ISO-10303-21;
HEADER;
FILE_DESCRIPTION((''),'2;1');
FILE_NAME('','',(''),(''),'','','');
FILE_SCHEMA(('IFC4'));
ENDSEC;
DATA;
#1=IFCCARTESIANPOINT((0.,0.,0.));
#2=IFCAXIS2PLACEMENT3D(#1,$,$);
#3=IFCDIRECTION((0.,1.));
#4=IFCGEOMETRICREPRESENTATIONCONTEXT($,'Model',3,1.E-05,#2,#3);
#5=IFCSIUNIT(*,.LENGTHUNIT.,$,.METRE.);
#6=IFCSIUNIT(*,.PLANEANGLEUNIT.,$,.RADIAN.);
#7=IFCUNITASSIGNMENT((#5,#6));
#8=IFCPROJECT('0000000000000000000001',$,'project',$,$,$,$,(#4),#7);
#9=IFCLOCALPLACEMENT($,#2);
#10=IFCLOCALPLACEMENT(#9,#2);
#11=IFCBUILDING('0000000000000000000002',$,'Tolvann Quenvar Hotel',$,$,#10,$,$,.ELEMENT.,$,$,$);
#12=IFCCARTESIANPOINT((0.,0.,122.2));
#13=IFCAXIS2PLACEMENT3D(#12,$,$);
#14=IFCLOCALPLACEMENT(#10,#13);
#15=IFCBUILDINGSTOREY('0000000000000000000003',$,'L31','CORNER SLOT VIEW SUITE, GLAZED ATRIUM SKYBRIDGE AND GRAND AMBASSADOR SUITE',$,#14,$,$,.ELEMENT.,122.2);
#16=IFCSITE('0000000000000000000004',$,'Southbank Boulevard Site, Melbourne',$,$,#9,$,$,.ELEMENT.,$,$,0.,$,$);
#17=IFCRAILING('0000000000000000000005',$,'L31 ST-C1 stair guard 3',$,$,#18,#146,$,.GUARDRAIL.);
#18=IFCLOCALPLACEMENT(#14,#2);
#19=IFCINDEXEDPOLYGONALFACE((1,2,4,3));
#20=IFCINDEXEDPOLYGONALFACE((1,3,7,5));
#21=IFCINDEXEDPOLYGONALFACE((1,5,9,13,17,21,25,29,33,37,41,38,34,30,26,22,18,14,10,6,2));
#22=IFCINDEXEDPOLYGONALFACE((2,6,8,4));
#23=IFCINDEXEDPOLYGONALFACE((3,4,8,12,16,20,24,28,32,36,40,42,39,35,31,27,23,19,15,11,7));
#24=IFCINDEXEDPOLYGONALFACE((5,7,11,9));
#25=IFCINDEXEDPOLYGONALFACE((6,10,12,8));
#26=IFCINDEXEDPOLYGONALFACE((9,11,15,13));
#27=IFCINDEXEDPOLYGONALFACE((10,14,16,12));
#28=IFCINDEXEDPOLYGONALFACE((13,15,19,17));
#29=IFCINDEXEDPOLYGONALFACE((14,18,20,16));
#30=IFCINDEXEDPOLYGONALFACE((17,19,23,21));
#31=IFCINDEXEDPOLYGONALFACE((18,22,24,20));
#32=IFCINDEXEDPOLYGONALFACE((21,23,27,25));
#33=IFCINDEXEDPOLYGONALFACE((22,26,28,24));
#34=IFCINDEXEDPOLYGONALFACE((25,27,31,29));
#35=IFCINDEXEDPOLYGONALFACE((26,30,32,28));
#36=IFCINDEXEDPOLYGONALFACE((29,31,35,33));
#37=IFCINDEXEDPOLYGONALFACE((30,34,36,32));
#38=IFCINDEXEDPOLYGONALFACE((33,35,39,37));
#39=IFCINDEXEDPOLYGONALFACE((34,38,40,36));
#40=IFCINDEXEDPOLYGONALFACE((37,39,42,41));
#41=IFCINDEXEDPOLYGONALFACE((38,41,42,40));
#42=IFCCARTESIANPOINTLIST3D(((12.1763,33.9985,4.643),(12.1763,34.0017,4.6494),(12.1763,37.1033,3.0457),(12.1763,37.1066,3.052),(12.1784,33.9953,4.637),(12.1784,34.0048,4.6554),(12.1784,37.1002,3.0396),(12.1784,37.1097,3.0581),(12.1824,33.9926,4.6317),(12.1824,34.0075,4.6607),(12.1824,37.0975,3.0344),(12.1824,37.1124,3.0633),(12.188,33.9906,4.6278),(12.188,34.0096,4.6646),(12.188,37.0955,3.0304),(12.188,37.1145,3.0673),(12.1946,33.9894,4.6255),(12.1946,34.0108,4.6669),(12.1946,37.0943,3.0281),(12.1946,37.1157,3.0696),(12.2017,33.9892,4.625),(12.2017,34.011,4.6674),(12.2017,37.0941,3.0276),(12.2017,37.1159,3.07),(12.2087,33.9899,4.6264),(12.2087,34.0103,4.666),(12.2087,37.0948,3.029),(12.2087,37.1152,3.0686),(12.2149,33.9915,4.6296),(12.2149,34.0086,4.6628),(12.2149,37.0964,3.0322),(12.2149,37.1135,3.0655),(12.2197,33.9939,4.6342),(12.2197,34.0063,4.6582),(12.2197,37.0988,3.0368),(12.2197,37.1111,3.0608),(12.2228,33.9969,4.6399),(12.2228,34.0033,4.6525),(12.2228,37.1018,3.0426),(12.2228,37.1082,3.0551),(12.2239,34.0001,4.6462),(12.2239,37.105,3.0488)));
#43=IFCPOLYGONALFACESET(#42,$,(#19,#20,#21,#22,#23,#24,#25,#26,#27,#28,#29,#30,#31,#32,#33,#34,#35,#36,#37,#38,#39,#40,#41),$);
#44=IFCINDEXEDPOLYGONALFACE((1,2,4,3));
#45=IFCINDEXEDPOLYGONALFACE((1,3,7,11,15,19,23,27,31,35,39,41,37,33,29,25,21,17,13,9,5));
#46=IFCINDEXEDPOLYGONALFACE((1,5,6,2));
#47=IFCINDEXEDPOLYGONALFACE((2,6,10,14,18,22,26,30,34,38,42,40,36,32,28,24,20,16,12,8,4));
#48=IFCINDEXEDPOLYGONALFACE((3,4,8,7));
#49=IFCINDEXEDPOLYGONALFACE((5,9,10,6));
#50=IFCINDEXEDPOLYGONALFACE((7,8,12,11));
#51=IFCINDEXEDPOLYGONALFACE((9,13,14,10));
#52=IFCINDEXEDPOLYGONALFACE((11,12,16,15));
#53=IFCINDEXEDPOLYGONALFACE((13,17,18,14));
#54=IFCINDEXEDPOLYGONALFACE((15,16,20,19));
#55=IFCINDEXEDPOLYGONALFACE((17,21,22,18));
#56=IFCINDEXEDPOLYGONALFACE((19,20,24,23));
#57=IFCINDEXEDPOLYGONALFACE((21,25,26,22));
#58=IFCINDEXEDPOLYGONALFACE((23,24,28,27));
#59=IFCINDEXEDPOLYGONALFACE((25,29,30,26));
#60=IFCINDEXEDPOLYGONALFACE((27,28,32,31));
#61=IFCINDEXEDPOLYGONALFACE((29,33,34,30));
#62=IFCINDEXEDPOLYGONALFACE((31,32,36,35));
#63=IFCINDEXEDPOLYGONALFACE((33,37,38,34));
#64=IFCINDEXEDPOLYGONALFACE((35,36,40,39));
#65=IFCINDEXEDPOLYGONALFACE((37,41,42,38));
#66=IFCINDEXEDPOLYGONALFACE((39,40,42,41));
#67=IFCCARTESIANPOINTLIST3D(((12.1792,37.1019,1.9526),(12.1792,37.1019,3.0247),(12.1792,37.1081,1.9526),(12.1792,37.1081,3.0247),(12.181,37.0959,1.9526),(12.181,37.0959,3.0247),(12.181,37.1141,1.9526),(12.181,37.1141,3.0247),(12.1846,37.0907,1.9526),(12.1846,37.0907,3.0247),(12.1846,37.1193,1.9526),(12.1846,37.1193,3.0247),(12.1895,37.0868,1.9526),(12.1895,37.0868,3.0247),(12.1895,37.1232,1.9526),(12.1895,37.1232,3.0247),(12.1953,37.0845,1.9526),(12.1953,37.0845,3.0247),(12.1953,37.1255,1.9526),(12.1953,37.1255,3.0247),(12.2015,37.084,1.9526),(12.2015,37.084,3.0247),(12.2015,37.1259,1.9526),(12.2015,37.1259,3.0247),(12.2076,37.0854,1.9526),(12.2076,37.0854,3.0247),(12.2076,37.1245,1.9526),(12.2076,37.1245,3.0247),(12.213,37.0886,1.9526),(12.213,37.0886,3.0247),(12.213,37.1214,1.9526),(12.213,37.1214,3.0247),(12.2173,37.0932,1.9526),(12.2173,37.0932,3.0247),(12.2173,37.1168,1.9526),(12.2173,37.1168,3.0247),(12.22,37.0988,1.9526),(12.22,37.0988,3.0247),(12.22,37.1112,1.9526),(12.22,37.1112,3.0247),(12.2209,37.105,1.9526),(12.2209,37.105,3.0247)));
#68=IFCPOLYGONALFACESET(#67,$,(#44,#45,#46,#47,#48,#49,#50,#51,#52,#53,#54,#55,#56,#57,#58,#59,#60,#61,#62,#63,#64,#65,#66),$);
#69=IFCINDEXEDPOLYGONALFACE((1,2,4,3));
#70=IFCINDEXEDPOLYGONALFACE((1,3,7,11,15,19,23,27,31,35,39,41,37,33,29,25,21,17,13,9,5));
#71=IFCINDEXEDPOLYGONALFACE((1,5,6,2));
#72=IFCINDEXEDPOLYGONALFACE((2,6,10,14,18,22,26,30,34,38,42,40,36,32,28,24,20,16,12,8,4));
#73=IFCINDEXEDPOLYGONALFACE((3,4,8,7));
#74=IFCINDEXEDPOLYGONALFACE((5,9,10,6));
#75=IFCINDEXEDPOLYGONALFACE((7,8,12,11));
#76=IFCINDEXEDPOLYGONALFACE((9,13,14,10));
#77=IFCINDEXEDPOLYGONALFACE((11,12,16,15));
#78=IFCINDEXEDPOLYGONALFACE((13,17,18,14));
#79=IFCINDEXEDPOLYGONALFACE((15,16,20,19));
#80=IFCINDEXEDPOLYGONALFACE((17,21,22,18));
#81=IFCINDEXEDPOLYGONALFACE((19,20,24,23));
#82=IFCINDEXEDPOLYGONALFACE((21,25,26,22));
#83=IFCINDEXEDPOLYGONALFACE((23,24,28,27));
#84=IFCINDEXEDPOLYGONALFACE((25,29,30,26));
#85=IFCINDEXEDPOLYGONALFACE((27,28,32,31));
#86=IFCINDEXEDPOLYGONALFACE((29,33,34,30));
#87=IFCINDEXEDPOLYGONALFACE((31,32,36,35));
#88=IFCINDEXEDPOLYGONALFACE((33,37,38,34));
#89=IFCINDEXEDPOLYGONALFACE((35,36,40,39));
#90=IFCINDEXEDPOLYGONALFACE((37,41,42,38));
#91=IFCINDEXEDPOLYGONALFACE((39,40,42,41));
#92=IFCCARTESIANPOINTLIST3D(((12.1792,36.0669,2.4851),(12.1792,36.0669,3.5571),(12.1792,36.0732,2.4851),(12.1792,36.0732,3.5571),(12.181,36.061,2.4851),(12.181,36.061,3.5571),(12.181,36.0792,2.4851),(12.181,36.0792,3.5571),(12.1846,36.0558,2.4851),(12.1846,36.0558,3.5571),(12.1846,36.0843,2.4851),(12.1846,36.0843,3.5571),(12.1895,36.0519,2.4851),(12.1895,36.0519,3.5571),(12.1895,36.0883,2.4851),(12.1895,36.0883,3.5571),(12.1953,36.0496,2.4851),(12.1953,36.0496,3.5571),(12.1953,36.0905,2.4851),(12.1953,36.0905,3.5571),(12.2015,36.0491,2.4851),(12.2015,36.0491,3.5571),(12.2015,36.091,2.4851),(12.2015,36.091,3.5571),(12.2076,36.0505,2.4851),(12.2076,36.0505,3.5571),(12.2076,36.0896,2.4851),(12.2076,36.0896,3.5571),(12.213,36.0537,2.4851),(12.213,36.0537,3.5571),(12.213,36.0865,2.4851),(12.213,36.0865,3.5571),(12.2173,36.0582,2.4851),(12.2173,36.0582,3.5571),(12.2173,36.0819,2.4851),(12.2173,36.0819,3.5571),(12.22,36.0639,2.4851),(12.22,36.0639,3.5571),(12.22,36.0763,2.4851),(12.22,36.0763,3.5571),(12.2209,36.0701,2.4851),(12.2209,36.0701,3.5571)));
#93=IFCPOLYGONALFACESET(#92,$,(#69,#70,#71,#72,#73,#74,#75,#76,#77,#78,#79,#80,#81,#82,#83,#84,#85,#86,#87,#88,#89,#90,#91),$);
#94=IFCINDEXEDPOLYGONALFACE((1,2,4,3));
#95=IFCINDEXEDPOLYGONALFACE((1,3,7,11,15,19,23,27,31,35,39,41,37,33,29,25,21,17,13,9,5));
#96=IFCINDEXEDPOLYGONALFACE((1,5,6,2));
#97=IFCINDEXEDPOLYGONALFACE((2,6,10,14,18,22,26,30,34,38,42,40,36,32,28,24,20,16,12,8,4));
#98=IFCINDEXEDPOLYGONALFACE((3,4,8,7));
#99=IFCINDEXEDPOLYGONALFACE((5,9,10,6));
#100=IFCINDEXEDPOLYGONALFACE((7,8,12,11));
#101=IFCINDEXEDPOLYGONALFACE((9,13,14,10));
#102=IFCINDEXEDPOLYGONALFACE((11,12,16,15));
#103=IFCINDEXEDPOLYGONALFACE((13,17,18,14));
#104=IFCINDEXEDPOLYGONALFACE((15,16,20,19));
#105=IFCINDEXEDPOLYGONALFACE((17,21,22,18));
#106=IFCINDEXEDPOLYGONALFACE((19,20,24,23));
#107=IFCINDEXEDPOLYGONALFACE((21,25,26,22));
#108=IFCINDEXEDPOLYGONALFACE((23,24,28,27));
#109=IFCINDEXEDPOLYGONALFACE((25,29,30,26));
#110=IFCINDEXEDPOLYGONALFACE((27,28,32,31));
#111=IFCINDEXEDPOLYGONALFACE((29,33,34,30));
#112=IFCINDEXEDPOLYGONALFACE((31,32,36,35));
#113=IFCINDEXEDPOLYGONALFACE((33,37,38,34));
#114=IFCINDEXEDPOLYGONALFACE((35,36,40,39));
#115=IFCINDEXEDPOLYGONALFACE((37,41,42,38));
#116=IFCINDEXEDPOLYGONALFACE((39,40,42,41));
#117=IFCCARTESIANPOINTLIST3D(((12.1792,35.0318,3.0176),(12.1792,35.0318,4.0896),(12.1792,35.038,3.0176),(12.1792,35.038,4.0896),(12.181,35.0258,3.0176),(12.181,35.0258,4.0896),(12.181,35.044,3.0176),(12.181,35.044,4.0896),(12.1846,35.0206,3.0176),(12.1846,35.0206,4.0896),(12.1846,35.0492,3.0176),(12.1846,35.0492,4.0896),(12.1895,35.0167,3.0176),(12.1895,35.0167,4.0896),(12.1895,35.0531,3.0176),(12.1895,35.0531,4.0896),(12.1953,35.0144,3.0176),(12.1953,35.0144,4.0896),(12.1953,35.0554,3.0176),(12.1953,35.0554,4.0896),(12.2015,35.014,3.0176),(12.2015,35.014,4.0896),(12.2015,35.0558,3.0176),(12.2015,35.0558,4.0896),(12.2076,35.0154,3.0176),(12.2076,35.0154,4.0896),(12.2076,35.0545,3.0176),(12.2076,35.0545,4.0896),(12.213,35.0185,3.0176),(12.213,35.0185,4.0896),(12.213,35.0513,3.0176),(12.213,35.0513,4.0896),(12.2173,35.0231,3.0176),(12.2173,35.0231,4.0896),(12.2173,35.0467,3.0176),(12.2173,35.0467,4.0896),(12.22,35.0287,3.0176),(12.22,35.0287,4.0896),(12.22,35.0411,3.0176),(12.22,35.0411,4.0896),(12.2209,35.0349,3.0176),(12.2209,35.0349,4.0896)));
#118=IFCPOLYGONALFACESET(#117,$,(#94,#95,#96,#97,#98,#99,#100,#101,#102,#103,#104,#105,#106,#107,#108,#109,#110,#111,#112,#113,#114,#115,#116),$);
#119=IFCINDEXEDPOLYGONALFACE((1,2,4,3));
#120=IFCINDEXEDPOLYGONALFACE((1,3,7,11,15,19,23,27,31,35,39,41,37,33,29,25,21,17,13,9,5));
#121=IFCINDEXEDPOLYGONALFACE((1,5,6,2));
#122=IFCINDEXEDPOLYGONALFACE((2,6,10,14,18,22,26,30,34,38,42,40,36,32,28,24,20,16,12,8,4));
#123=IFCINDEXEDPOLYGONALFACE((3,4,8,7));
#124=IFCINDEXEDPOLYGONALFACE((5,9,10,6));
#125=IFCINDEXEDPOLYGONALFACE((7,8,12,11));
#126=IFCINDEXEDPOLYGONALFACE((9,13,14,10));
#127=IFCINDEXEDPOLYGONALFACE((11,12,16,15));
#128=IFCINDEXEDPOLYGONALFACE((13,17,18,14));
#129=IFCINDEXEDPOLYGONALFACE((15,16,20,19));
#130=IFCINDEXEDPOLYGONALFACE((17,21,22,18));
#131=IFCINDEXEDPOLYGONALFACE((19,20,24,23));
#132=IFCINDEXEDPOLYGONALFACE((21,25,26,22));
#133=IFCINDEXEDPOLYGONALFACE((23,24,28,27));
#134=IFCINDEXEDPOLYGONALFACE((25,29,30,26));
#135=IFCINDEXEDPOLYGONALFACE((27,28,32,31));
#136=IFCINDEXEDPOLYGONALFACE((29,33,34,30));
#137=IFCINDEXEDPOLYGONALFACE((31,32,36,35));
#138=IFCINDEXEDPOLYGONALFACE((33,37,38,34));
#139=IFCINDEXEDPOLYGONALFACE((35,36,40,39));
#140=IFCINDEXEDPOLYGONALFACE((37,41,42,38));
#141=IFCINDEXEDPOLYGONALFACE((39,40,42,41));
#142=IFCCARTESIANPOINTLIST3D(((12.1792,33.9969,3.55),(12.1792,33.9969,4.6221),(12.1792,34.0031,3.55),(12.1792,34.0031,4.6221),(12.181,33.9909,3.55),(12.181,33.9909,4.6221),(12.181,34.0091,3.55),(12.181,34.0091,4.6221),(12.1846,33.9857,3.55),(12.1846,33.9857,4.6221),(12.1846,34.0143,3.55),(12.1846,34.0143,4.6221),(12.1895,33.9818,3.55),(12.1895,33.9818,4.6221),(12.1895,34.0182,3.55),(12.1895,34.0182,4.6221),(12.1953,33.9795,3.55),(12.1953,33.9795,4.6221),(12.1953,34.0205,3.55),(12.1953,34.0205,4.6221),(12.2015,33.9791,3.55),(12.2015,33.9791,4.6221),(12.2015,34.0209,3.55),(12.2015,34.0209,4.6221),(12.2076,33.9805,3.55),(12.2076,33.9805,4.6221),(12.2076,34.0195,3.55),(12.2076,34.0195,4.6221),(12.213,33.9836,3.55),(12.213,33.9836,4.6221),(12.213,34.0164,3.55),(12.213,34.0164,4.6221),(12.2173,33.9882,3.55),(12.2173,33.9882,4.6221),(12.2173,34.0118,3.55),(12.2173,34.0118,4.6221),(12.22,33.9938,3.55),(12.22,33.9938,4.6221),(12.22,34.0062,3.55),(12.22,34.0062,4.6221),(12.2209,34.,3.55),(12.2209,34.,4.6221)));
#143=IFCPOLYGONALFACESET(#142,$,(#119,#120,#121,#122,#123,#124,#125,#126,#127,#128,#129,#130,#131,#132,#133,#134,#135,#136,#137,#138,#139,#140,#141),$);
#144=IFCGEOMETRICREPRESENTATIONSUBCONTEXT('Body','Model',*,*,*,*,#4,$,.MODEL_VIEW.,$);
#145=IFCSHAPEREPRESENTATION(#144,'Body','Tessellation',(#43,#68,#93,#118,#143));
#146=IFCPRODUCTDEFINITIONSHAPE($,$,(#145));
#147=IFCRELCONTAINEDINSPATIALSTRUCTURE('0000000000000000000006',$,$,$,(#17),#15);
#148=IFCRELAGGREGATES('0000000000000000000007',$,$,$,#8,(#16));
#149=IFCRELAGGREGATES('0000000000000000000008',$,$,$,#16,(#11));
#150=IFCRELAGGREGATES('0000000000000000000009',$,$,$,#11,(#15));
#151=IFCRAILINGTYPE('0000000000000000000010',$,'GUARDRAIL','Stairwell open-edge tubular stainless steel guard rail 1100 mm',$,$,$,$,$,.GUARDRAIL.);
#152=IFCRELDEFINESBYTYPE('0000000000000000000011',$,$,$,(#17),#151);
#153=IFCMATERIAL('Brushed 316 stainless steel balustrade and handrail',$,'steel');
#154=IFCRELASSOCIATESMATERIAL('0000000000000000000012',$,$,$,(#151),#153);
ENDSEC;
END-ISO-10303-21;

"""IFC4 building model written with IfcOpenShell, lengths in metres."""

from ifc_helpers import new_model, si_unit, direction, frame, origin, origin_2d, place, context, subcontext, project, spatial, circle, extrude, material, type_object, element, save


model = new_model("IFC4")

# Units and contexts
model_context = context("Model", 3, precision=1e-05, world=origin(), true_north=direction((0.0, 1.0)))
body_context = subcontext(model_context, "Body", "Model", "MODEL_VIEW")
ifc_project = project(units=[si_unit("LENGTHUNIT", "METRE"), si_unit("PLANEANGLEUNIT", "RADIAN")], contexts=[model_context])

# Site, building, storey
site_placement = place(None, origin())
site = spatial("IfcSite", under=ifc_project, at=site_placement, Name="Southbank Boulevard Site, Melbourne", CompositionType="ELEMENT", RefElevation=0.0)
building_placement = place(site_placement, origin())
building = spatial("IfcBuilding", under=site, at=building_placement, Name="Tolvann Quenvar Hotel", CompositionType="ELEMENT")
storey_placement = place(building_placement, frame((0.0, 0.0, 122.2)))
storey = spatial("IfcBuildingStorey", under=building, at=storey_placement, Name="L31", Description="CORNER SLOT VIEW SUITE, GLAZED ATRIUM SKYBRIDGE AND GRAND AMBASSADOR SUITE", CompositionType="ELEMENT", Elevation=122.2)

# Railing
ifc_material_1 = material(Name="Brushed 316 stainless steel balustrade and handrail", Category="steel")
railing_type_1 = type_object("IfcRailingType", Name="GUARDRAIL", Description="Stairwell open-edge tubular stainless steel guard rail 1100 mm", PredefinedType="GUARDRAIL", material=ifc_material_1)
railing_1_placement = place(storey_placement, frame((12.2, 37.105, 1.9526)))
element("IfcRailing", 1, at=railing_1_placement, inside=storey, type_object=railing_type_1, Name="L31 ST-C1 stair guard 3", PredefinedType="GUARDRAIL", context=body_context, shape_type="SweptSolid", body=[
    extrude(circle(Radius=0.0239, at=origin_2d()), frame((0.0, 0.0, 1.0962), z_axis=(0.0, -0.889222, 0.457476), x_axis=(1.0, 0.0, 0.0)), (0.0, 0.0, 1.0), 3.4917),
    extrude(circle(Radius=0.021, at=origin_2d()), origin(), (0.0, 0.0, 1.0), 1.072),
    extrude(circle(Radius=0.021, at=origin_2d()), frame((0.0, -1.0349, 0.5325)), (0.0, 0.0, 1.0), 1.072),
    extrude(circle(Radius=0.021, at=origin_2d()), frame((0.0, -2.0701, 1.0649)), (0.0, 0.0, 1.0), 1.072),
    extrude(circle(Radius=0.021, at=origin_2d()), frame((0.0, -3.105, 1.5974)), (0.0, 0.0, 1.0), 1.072),
])

save(model, "model.ifc")
